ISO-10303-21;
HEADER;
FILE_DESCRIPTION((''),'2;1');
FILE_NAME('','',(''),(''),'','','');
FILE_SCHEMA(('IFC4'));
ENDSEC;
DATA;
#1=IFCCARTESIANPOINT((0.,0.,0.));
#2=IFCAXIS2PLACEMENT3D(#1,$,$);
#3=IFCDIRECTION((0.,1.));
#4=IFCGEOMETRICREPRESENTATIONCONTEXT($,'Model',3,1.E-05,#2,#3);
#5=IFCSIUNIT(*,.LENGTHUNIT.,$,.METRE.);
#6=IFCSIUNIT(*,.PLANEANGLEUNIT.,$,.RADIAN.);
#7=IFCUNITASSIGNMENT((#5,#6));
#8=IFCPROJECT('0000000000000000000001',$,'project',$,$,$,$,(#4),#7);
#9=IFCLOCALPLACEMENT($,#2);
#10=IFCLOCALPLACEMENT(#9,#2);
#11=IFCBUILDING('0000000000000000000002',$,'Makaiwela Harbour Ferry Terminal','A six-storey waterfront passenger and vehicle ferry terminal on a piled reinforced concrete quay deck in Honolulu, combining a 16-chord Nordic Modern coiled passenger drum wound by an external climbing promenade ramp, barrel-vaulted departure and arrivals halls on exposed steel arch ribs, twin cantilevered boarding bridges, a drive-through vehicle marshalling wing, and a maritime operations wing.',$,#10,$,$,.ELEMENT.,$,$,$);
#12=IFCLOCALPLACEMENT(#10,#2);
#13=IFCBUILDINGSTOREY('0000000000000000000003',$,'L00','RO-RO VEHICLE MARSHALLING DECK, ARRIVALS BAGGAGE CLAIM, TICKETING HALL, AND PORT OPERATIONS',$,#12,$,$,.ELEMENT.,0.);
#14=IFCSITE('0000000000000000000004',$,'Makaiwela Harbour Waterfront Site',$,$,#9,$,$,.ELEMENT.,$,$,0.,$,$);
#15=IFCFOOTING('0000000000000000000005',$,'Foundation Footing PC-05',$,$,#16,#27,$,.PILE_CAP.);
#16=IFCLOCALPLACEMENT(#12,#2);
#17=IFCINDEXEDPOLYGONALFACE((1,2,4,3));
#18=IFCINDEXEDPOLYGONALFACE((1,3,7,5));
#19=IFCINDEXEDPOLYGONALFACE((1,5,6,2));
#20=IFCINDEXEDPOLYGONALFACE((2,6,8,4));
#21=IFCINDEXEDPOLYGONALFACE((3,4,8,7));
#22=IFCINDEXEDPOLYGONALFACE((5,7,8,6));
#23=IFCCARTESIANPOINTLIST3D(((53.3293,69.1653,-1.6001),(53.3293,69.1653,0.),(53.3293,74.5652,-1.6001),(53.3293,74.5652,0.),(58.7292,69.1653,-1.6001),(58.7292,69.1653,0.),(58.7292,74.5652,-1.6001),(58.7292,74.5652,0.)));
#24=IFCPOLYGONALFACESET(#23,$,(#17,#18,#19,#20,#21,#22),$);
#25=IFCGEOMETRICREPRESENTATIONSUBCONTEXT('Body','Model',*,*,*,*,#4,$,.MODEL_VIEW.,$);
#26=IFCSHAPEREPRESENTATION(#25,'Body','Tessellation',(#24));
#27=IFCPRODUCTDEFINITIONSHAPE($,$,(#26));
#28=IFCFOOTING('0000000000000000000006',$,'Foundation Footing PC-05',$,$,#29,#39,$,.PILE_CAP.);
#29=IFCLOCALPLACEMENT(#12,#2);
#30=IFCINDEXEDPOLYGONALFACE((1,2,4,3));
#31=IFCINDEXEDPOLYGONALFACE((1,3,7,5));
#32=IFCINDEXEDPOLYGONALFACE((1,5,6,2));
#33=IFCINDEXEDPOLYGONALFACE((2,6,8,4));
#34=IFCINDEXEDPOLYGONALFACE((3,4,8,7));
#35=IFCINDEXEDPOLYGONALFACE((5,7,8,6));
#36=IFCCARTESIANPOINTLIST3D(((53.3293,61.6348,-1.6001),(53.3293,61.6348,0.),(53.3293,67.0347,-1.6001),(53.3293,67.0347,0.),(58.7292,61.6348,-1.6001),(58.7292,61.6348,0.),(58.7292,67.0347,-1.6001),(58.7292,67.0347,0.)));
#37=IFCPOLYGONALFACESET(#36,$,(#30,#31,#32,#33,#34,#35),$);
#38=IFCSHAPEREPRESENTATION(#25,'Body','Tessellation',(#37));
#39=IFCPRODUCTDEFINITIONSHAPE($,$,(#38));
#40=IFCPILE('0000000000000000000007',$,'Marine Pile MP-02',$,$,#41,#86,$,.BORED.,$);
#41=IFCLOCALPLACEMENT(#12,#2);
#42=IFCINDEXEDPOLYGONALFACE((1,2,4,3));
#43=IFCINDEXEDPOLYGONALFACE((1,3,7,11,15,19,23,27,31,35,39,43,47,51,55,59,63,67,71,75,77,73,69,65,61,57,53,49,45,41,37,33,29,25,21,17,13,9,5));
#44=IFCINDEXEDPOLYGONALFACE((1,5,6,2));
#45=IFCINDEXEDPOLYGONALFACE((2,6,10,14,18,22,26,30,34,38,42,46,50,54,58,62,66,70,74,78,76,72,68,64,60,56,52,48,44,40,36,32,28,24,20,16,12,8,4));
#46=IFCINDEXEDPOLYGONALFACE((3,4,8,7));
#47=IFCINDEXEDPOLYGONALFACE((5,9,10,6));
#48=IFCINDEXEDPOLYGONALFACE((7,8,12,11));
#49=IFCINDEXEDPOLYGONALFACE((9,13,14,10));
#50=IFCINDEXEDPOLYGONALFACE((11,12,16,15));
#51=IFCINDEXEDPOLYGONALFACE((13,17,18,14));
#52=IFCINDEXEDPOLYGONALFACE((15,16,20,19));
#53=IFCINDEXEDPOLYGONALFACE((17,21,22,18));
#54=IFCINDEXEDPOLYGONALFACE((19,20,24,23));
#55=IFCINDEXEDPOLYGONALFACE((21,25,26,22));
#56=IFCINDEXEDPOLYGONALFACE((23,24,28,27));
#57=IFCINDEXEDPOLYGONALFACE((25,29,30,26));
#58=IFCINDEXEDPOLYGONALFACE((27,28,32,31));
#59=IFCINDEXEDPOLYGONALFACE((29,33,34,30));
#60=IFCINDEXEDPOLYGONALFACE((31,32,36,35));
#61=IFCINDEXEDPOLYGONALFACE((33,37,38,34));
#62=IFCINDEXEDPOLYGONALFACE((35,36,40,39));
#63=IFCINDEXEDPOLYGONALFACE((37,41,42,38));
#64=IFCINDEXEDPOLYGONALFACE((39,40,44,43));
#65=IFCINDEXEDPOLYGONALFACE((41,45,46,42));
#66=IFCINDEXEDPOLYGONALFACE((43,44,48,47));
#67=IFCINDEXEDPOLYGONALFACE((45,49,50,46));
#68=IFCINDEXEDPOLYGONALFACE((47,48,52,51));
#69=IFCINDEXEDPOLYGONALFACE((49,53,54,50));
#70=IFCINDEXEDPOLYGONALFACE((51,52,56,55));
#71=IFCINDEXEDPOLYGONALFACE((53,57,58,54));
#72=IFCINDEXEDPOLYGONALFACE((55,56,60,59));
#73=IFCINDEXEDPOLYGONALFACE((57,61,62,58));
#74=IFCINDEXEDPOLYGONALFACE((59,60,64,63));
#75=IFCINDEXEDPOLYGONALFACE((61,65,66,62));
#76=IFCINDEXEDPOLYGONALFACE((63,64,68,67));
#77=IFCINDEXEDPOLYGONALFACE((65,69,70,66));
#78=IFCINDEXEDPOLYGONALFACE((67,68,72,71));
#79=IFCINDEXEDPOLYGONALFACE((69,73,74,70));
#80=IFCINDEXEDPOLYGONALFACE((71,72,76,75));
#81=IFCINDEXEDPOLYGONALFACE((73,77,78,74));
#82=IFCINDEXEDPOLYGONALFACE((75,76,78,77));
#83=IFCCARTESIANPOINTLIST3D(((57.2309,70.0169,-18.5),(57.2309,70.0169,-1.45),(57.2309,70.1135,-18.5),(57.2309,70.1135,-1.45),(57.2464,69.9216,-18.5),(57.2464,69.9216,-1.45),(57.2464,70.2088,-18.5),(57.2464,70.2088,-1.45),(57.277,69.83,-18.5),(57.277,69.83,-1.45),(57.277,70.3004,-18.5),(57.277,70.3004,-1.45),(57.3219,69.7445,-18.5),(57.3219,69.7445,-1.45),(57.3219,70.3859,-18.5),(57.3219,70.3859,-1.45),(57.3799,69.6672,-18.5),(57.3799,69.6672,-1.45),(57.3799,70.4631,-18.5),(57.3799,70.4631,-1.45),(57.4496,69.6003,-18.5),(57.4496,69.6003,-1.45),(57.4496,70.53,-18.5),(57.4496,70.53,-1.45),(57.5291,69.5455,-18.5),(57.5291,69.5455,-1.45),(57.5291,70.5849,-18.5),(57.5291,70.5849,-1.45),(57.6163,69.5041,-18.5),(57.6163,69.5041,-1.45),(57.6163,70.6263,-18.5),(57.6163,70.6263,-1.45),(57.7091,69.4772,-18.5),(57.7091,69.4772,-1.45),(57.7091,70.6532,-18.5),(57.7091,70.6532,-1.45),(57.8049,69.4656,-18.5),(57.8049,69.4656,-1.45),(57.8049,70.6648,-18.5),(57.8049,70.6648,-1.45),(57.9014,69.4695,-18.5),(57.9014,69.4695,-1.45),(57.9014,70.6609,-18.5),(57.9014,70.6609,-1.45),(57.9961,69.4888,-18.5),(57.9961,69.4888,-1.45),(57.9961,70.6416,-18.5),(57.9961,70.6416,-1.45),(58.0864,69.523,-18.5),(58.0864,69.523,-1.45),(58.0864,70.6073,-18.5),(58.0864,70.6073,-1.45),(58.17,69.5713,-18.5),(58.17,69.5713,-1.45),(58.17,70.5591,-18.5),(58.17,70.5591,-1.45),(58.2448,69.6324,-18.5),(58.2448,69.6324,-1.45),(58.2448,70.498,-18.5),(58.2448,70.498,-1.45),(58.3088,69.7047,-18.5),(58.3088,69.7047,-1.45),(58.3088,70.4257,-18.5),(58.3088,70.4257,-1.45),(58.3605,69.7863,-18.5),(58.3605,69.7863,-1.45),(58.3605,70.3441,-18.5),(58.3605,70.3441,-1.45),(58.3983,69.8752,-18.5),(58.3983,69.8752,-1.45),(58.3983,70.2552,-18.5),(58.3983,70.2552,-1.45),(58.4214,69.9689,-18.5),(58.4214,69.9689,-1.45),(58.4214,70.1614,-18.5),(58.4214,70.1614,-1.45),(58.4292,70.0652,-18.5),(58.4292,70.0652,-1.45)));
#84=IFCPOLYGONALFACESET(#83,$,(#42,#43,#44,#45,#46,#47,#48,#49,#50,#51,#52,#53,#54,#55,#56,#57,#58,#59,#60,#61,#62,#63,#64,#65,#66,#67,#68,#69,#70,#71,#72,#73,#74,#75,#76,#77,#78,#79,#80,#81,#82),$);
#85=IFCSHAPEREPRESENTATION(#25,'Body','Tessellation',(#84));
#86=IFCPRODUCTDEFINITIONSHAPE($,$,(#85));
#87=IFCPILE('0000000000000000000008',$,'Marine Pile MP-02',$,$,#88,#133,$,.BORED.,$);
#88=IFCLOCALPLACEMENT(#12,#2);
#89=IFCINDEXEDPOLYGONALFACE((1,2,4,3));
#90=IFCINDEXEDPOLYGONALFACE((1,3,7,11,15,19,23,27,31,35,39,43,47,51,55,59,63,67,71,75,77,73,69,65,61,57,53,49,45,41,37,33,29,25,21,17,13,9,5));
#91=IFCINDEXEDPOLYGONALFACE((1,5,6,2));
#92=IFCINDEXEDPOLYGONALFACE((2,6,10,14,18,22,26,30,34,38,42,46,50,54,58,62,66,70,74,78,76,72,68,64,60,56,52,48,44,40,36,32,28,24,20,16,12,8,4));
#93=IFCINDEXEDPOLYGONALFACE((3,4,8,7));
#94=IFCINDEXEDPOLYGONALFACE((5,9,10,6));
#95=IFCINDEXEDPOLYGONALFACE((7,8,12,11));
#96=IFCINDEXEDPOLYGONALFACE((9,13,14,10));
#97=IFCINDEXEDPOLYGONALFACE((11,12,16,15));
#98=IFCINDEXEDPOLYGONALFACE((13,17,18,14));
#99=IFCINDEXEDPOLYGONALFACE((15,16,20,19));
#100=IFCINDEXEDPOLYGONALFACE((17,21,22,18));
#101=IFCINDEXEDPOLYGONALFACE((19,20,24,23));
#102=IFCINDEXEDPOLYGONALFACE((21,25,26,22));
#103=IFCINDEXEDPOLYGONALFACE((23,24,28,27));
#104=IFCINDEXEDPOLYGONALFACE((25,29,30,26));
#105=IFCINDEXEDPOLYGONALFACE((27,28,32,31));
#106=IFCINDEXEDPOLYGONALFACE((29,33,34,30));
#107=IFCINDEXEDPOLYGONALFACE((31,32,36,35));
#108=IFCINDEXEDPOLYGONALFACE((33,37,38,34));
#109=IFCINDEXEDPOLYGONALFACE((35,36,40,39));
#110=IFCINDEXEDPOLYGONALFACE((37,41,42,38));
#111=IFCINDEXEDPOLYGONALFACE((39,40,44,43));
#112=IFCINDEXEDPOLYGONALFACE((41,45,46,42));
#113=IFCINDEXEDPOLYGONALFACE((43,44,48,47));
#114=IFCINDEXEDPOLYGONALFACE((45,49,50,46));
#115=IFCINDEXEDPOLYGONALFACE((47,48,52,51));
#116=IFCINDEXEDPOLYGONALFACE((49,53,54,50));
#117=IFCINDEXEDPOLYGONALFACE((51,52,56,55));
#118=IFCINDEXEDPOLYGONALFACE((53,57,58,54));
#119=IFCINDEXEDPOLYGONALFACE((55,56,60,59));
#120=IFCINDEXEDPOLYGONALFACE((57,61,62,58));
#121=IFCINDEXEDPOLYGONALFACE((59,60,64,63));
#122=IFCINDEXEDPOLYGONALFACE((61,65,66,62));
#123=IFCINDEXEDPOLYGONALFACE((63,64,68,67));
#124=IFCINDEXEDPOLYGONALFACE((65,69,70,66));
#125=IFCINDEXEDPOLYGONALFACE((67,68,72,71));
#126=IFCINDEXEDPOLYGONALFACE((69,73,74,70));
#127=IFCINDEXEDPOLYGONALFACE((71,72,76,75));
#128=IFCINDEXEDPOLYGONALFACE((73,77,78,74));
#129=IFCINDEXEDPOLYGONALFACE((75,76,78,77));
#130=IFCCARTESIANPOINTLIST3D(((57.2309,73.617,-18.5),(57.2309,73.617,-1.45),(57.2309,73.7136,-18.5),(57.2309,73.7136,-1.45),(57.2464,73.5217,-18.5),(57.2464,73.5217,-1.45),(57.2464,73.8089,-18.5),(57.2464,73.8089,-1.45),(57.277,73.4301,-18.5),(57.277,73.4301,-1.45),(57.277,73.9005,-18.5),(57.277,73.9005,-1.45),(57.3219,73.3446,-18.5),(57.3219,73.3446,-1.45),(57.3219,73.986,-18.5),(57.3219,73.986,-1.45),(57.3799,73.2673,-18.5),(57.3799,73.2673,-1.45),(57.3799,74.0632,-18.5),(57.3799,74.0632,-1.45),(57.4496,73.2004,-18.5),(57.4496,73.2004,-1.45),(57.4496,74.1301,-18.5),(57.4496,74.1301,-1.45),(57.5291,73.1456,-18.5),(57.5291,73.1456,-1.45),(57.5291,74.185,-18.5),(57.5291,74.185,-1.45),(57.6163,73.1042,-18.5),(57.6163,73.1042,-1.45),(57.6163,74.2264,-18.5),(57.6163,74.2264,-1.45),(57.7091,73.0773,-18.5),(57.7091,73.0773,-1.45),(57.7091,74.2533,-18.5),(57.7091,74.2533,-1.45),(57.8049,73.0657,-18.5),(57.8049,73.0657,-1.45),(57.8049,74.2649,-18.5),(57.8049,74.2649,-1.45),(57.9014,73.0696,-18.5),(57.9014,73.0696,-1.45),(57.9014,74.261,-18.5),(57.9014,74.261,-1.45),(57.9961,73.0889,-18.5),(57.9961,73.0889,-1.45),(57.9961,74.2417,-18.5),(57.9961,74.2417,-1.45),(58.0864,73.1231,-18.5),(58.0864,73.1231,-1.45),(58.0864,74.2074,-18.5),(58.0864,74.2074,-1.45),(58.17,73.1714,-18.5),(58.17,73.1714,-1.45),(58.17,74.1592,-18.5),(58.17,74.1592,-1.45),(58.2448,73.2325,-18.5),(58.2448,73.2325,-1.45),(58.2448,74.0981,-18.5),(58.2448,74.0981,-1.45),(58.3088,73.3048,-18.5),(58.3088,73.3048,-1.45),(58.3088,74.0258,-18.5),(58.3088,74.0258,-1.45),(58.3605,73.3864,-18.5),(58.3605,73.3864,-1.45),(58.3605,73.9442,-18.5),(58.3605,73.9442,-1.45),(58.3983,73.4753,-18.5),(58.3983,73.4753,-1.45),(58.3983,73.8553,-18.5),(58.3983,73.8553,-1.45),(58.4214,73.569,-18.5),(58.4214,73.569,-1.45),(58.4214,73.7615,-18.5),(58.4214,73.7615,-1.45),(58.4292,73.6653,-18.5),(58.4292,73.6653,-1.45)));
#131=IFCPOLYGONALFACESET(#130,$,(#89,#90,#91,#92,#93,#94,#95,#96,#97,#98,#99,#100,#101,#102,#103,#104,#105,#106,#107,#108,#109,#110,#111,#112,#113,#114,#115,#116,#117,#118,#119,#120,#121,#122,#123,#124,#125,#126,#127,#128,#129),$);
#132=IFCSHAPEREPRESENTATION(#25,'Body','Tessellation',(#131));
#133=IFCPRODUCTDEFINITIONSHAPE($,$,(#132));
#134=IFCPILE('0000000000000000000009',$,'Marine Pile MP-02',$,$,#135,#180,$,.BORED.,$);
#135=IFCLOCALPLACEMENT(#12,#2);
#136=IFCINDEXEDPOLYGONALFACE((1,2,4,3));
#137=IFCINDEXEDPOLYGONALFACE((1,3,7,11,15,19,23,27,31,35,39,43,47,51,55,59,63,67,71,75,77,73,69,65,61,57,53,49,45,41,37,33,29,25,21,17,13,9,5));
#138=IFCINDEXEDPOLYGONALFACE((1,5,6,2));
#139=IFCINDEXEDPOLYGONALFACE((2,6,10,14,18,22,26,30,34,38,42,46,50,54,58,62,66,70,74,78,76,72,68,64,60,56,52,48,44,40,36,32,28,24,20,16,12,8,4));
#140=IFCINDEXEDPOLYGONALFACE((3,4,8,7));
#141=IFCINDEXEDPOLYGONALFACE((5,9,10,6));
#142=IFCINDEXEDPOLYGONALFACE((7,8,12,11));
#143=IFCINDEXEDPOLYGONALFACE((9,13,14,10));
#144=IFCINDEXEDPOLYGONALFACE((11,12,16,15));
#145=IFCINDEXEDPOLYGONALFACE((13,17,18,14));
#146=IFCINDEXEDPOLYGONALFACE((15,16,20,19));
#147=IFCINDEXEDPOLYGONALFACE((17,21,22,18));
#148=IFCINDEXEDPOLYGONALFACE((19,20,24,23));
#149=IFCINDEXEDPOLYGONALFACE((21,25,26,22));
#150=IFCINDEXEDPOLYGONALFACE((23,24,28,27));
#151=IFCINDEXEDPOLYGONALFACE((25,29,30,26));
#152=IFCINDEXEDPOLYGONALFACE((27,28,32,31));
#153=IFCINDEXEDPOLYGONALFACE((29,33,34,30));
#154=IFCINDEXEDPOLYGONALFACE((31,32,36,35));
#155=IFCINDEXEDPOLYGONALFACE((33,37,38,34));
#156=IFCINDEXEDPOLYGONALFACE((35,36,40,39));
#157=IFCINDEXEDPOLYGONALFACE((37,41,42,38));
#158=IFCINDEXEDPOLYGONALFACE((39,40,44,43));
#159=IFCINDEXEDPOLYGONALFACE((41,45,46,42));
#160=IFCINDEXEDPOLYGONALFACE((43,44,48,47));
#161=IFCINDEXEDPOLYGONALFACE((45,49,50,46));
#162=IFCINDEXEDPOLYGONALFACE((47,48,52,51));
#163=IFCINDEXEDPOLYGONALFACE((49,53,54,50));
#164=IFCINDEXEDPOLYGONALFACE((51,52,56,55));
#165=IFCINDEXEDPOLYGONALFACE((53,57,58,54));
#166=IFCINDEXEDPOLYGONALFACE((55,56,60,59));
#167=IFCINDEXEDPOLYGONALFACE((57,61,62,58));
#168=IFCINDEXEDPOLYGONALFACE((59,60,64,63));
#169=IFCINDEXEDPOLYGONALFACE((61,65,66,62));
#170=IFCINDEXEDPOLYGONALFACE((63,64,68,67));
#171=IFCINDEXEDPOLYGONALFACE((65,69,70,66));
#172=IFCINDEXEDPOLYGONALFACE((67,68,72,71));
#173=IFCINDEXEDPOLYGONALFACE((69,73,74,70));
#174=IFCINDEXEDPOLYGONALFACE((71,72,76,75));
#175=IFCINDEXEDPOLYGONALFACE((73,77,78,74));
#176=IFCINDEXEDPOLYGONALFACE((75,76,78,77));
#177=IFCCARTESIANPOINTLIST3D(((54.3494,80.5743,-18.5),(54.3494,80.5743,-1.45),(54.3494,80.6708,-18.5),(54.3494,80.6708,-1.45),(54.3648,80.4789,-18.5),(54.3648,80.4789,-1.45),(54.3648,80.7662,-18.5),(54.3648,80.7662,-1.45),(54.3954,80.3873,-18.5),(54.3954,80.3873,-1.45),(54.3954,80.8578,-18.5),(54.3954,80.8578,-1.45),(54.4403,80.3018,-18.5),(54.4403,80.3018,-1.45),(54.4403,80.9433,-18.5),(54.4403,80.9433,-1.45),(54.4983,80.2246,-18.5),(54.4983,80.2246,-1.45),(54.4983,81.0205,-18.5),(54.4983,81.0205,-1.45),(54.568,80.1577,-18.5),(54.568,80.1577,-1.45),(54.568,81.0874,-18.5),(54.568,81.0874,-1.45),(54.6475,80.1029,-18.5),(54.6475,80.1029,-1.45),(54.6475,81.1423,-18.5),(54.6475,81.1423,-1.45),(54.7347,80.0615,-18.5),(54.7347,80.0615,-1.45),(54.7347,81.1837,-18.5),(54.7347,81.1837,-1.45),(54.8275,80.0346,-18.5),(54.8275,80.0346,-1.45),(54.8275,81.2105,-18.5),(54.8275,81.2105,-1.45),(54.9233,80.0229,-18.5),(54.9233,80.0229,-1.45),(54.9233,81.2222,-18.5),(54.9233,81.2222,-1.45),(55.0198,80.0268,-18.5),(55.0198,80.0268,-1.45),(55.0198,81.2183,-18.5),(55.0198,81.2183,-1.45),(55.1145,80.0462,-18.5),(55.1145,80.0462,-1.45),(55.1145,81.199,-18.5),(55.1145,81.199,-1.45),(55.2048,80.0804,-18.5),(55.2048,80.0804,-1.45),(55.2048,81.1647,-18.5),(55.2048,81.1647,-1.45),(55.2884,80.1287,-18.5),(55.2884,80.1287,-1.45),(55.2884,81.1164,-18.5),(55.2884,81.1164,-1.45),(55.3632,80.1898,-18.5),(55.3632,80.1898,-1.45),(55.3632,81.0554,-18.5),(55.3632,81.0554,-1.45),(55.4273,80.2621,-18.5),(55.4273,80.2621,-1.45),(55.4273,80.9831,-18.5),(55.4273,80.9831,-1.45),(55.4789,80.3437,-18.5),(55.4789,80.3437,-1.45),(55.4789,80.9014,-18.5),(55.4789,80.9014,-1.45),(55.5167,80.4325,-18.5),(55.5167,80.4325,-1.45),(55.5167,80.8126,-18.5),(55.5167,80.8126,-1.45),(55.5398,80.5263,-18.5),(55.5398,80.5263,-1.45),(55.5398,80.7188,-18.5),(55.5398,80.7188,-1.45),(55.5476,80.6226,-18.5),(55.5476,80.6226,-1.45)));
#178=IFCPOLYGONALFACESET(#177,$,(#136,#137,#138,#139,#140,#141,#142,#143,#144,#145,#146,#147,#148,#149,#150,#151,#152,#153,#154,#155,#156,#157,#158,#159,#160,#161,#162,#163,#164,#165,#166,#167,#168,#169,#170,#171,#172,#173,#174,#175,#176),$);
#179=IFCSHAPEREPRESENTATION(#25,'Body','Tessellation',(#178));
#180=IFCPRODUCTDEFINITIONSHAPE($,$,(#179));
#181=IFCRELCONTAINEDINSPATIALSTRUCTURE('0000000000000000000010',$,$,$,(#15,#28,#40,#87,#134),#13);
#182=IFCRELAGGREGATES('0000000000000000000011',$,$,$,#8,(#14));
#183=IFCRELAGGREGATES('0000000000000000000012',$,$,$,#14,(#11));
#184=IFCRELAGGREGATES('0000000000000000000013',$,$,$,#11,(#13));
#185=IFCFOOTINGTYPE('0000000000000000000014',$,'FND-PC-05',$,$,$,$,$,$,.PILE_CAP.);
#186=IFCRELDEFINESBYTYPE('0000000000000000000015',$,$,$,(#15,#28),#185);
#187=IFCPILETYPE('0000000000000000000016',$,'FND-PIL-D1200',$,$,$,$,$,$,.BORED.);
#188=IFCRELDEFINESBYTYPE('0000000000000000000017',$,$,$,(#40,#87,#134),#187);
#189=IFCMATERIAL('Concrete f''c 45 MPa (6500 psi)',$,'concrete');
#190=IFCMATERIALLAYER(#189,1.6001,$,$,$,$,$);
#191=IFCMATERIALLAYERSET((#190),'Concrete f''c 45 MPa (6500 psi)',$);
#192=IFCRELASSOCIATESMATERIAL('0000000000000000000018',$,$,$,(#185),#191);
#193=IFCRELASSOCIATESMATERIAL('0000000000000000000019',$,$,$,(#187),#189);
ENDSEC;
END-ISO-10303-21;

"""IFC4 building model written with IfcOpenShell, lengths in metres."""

from ifc_helpers import new_model, si_unit, direction, frame, origin, origin_2d, place, context, subcontext, project, spatial, rectangle, circle, extrude, material, layer, layer_set, material_profile, profile_set, type_object, element, save


model = new_model("IFC4")

# Units and contexts
model_context = context("Model", 3, precision=1e-05, world=origin(), true_north=direction((0.0, 1.0)))
body_context = subcontext(model_context, "Body", "Model", "MODEL_VIEW")
ifc_project = project(units=[si_unit("LENGTHUNIT", "METRE"), si_unit("PLANEANGLEUNIT", "RADIAN")], contexts=[model_context])

# Site, building, storey
site_placement = place(None, origin())
site = spatial("IfcSite", under=ifc_project, at=site_placement, Name="Makaiwela Harbour Waterfront Site", CompositionType="ELEMENT", RefElevation=0.0)
building_placement = place(site_placement, origin())
building = spatial("IfcBuilding", under=site, at=building_placement, Name="Makaiwela Harbour Ferry Terminal", Description="A six-storey waterfront passenger and vehicle ferry terminal on a piled reinforced concrete quay deck in Honolulu, combining a 16-chord Nordic Modern coiled passenger drum wound by an external climbing promenade ramp, barrel-vaulted departure and arrivals halls on exposed steel arch ribs, twin cantilevered boarding bridges, a drive-through vehicle marshalling wing, and a maritime operations wing.", CompositionType="ELEMENT")
storey_placement = place(building_placement, origin())
storey = spatial("IfcBuildingStorey", under=building, at=storey_placement, Name="L00", Description="RO-RO VEHICLE MARSHALLING DECK, ARRIVALS BAGGAGE CLAIM, TICKETING HALL, AND PORT OPERATIONS", CompositionType="ELEMENT", Elevation=0.0)

# Footings
ifc_material_1 = material(Name="Concrete f'c 45 MPa (6500 psi)", Category="concrete")
ifc_layer_1 = layer(ifc_material_1, 1.6001)
ifc_layer_set_1 = layer_set([ifc_layer_1], Name="Concrete f'c 45 MPa (6500 psi)")
footing_type = type_object("IfcFootingType", Name="FND-PC-05", PredefinedType="PILE_CAP", material=ifc_layer_set_1)
for number, where, z_axis, x_axis, name in (
    (1, (56.0293, 71.8652, -1.6001), (0.0, 0.0, 1.0), (1.0, 0.0, 0.0), "Foundation Footing PC-05"),
    (2, (56.0293, 64.3347, -1.6001), (0.0, 0.0, 1.0), (1.0, 0.0, 0.0), "Foundation Footing PC-05"),
):
    element("IfcFooting", number, at=place(storey_placement, frame(where, z_axis=z_axis, x_axis=x_axis)), inside=storey, type_object=footing_type, Name=name, PredefinedType="PILE_CAP", context=body_context, shape_type="SweptSolid", body=[
        extrude(rectangle(XDim=5.3999, YDim=5.3999, at=origin_2d()), origin(), (0.0, 0.0, 1.0), 1.6001),
    ])

# Piles
ifc_material_profile_1 = material_profile(ifc_material_1, circle(Radius=0.6001, at=origin_2d()), Name="PILE-D1200")
ifc_profile_set_1 = profile_set([ifc_material_profile_1], Name="Concrete f'c 45 MPa (6500 psi)")
pile_type = type_object("IfcPileType", Name="FND-PIL-D1200", PredefinedType="BORED", material=ifc_profile_set_1)
for number, where, z_axis, x_axis, name in (
    (3, (57.8291, 70.0652, -1.45), (0.0, 0.0, -1.0), (1.0, 0.0, 0.0), "Marine Pile MP-02"),
    (4, (57.8291, 73.6653, -1.45), (0.0, 0.0, -1.0), (1.0, 0.0, 0.0), "Marine Pile MP-02"),
    (5, (54.9475, 80.6226, -1.45), (0.0, 0.0, -1.0), (1.0, 0.0, 0.0), "Marine Pile MP-02"),
):
    element("IfcPile", number, at=place(storey_placement, frame(where, z_axis=z_axis, x_axis=x_axis)), inside=storey, type_object=pile_type, Name=name, PredefinedType="BORED", context=body_context, shape_type="SweptSolid", body=[
        extrude(circle(Radius=0.6001, at=origin_2d()), origin(), (0.0, 0.0, 1.0), 17.05),
    ])

save(model, "model.ifc")
